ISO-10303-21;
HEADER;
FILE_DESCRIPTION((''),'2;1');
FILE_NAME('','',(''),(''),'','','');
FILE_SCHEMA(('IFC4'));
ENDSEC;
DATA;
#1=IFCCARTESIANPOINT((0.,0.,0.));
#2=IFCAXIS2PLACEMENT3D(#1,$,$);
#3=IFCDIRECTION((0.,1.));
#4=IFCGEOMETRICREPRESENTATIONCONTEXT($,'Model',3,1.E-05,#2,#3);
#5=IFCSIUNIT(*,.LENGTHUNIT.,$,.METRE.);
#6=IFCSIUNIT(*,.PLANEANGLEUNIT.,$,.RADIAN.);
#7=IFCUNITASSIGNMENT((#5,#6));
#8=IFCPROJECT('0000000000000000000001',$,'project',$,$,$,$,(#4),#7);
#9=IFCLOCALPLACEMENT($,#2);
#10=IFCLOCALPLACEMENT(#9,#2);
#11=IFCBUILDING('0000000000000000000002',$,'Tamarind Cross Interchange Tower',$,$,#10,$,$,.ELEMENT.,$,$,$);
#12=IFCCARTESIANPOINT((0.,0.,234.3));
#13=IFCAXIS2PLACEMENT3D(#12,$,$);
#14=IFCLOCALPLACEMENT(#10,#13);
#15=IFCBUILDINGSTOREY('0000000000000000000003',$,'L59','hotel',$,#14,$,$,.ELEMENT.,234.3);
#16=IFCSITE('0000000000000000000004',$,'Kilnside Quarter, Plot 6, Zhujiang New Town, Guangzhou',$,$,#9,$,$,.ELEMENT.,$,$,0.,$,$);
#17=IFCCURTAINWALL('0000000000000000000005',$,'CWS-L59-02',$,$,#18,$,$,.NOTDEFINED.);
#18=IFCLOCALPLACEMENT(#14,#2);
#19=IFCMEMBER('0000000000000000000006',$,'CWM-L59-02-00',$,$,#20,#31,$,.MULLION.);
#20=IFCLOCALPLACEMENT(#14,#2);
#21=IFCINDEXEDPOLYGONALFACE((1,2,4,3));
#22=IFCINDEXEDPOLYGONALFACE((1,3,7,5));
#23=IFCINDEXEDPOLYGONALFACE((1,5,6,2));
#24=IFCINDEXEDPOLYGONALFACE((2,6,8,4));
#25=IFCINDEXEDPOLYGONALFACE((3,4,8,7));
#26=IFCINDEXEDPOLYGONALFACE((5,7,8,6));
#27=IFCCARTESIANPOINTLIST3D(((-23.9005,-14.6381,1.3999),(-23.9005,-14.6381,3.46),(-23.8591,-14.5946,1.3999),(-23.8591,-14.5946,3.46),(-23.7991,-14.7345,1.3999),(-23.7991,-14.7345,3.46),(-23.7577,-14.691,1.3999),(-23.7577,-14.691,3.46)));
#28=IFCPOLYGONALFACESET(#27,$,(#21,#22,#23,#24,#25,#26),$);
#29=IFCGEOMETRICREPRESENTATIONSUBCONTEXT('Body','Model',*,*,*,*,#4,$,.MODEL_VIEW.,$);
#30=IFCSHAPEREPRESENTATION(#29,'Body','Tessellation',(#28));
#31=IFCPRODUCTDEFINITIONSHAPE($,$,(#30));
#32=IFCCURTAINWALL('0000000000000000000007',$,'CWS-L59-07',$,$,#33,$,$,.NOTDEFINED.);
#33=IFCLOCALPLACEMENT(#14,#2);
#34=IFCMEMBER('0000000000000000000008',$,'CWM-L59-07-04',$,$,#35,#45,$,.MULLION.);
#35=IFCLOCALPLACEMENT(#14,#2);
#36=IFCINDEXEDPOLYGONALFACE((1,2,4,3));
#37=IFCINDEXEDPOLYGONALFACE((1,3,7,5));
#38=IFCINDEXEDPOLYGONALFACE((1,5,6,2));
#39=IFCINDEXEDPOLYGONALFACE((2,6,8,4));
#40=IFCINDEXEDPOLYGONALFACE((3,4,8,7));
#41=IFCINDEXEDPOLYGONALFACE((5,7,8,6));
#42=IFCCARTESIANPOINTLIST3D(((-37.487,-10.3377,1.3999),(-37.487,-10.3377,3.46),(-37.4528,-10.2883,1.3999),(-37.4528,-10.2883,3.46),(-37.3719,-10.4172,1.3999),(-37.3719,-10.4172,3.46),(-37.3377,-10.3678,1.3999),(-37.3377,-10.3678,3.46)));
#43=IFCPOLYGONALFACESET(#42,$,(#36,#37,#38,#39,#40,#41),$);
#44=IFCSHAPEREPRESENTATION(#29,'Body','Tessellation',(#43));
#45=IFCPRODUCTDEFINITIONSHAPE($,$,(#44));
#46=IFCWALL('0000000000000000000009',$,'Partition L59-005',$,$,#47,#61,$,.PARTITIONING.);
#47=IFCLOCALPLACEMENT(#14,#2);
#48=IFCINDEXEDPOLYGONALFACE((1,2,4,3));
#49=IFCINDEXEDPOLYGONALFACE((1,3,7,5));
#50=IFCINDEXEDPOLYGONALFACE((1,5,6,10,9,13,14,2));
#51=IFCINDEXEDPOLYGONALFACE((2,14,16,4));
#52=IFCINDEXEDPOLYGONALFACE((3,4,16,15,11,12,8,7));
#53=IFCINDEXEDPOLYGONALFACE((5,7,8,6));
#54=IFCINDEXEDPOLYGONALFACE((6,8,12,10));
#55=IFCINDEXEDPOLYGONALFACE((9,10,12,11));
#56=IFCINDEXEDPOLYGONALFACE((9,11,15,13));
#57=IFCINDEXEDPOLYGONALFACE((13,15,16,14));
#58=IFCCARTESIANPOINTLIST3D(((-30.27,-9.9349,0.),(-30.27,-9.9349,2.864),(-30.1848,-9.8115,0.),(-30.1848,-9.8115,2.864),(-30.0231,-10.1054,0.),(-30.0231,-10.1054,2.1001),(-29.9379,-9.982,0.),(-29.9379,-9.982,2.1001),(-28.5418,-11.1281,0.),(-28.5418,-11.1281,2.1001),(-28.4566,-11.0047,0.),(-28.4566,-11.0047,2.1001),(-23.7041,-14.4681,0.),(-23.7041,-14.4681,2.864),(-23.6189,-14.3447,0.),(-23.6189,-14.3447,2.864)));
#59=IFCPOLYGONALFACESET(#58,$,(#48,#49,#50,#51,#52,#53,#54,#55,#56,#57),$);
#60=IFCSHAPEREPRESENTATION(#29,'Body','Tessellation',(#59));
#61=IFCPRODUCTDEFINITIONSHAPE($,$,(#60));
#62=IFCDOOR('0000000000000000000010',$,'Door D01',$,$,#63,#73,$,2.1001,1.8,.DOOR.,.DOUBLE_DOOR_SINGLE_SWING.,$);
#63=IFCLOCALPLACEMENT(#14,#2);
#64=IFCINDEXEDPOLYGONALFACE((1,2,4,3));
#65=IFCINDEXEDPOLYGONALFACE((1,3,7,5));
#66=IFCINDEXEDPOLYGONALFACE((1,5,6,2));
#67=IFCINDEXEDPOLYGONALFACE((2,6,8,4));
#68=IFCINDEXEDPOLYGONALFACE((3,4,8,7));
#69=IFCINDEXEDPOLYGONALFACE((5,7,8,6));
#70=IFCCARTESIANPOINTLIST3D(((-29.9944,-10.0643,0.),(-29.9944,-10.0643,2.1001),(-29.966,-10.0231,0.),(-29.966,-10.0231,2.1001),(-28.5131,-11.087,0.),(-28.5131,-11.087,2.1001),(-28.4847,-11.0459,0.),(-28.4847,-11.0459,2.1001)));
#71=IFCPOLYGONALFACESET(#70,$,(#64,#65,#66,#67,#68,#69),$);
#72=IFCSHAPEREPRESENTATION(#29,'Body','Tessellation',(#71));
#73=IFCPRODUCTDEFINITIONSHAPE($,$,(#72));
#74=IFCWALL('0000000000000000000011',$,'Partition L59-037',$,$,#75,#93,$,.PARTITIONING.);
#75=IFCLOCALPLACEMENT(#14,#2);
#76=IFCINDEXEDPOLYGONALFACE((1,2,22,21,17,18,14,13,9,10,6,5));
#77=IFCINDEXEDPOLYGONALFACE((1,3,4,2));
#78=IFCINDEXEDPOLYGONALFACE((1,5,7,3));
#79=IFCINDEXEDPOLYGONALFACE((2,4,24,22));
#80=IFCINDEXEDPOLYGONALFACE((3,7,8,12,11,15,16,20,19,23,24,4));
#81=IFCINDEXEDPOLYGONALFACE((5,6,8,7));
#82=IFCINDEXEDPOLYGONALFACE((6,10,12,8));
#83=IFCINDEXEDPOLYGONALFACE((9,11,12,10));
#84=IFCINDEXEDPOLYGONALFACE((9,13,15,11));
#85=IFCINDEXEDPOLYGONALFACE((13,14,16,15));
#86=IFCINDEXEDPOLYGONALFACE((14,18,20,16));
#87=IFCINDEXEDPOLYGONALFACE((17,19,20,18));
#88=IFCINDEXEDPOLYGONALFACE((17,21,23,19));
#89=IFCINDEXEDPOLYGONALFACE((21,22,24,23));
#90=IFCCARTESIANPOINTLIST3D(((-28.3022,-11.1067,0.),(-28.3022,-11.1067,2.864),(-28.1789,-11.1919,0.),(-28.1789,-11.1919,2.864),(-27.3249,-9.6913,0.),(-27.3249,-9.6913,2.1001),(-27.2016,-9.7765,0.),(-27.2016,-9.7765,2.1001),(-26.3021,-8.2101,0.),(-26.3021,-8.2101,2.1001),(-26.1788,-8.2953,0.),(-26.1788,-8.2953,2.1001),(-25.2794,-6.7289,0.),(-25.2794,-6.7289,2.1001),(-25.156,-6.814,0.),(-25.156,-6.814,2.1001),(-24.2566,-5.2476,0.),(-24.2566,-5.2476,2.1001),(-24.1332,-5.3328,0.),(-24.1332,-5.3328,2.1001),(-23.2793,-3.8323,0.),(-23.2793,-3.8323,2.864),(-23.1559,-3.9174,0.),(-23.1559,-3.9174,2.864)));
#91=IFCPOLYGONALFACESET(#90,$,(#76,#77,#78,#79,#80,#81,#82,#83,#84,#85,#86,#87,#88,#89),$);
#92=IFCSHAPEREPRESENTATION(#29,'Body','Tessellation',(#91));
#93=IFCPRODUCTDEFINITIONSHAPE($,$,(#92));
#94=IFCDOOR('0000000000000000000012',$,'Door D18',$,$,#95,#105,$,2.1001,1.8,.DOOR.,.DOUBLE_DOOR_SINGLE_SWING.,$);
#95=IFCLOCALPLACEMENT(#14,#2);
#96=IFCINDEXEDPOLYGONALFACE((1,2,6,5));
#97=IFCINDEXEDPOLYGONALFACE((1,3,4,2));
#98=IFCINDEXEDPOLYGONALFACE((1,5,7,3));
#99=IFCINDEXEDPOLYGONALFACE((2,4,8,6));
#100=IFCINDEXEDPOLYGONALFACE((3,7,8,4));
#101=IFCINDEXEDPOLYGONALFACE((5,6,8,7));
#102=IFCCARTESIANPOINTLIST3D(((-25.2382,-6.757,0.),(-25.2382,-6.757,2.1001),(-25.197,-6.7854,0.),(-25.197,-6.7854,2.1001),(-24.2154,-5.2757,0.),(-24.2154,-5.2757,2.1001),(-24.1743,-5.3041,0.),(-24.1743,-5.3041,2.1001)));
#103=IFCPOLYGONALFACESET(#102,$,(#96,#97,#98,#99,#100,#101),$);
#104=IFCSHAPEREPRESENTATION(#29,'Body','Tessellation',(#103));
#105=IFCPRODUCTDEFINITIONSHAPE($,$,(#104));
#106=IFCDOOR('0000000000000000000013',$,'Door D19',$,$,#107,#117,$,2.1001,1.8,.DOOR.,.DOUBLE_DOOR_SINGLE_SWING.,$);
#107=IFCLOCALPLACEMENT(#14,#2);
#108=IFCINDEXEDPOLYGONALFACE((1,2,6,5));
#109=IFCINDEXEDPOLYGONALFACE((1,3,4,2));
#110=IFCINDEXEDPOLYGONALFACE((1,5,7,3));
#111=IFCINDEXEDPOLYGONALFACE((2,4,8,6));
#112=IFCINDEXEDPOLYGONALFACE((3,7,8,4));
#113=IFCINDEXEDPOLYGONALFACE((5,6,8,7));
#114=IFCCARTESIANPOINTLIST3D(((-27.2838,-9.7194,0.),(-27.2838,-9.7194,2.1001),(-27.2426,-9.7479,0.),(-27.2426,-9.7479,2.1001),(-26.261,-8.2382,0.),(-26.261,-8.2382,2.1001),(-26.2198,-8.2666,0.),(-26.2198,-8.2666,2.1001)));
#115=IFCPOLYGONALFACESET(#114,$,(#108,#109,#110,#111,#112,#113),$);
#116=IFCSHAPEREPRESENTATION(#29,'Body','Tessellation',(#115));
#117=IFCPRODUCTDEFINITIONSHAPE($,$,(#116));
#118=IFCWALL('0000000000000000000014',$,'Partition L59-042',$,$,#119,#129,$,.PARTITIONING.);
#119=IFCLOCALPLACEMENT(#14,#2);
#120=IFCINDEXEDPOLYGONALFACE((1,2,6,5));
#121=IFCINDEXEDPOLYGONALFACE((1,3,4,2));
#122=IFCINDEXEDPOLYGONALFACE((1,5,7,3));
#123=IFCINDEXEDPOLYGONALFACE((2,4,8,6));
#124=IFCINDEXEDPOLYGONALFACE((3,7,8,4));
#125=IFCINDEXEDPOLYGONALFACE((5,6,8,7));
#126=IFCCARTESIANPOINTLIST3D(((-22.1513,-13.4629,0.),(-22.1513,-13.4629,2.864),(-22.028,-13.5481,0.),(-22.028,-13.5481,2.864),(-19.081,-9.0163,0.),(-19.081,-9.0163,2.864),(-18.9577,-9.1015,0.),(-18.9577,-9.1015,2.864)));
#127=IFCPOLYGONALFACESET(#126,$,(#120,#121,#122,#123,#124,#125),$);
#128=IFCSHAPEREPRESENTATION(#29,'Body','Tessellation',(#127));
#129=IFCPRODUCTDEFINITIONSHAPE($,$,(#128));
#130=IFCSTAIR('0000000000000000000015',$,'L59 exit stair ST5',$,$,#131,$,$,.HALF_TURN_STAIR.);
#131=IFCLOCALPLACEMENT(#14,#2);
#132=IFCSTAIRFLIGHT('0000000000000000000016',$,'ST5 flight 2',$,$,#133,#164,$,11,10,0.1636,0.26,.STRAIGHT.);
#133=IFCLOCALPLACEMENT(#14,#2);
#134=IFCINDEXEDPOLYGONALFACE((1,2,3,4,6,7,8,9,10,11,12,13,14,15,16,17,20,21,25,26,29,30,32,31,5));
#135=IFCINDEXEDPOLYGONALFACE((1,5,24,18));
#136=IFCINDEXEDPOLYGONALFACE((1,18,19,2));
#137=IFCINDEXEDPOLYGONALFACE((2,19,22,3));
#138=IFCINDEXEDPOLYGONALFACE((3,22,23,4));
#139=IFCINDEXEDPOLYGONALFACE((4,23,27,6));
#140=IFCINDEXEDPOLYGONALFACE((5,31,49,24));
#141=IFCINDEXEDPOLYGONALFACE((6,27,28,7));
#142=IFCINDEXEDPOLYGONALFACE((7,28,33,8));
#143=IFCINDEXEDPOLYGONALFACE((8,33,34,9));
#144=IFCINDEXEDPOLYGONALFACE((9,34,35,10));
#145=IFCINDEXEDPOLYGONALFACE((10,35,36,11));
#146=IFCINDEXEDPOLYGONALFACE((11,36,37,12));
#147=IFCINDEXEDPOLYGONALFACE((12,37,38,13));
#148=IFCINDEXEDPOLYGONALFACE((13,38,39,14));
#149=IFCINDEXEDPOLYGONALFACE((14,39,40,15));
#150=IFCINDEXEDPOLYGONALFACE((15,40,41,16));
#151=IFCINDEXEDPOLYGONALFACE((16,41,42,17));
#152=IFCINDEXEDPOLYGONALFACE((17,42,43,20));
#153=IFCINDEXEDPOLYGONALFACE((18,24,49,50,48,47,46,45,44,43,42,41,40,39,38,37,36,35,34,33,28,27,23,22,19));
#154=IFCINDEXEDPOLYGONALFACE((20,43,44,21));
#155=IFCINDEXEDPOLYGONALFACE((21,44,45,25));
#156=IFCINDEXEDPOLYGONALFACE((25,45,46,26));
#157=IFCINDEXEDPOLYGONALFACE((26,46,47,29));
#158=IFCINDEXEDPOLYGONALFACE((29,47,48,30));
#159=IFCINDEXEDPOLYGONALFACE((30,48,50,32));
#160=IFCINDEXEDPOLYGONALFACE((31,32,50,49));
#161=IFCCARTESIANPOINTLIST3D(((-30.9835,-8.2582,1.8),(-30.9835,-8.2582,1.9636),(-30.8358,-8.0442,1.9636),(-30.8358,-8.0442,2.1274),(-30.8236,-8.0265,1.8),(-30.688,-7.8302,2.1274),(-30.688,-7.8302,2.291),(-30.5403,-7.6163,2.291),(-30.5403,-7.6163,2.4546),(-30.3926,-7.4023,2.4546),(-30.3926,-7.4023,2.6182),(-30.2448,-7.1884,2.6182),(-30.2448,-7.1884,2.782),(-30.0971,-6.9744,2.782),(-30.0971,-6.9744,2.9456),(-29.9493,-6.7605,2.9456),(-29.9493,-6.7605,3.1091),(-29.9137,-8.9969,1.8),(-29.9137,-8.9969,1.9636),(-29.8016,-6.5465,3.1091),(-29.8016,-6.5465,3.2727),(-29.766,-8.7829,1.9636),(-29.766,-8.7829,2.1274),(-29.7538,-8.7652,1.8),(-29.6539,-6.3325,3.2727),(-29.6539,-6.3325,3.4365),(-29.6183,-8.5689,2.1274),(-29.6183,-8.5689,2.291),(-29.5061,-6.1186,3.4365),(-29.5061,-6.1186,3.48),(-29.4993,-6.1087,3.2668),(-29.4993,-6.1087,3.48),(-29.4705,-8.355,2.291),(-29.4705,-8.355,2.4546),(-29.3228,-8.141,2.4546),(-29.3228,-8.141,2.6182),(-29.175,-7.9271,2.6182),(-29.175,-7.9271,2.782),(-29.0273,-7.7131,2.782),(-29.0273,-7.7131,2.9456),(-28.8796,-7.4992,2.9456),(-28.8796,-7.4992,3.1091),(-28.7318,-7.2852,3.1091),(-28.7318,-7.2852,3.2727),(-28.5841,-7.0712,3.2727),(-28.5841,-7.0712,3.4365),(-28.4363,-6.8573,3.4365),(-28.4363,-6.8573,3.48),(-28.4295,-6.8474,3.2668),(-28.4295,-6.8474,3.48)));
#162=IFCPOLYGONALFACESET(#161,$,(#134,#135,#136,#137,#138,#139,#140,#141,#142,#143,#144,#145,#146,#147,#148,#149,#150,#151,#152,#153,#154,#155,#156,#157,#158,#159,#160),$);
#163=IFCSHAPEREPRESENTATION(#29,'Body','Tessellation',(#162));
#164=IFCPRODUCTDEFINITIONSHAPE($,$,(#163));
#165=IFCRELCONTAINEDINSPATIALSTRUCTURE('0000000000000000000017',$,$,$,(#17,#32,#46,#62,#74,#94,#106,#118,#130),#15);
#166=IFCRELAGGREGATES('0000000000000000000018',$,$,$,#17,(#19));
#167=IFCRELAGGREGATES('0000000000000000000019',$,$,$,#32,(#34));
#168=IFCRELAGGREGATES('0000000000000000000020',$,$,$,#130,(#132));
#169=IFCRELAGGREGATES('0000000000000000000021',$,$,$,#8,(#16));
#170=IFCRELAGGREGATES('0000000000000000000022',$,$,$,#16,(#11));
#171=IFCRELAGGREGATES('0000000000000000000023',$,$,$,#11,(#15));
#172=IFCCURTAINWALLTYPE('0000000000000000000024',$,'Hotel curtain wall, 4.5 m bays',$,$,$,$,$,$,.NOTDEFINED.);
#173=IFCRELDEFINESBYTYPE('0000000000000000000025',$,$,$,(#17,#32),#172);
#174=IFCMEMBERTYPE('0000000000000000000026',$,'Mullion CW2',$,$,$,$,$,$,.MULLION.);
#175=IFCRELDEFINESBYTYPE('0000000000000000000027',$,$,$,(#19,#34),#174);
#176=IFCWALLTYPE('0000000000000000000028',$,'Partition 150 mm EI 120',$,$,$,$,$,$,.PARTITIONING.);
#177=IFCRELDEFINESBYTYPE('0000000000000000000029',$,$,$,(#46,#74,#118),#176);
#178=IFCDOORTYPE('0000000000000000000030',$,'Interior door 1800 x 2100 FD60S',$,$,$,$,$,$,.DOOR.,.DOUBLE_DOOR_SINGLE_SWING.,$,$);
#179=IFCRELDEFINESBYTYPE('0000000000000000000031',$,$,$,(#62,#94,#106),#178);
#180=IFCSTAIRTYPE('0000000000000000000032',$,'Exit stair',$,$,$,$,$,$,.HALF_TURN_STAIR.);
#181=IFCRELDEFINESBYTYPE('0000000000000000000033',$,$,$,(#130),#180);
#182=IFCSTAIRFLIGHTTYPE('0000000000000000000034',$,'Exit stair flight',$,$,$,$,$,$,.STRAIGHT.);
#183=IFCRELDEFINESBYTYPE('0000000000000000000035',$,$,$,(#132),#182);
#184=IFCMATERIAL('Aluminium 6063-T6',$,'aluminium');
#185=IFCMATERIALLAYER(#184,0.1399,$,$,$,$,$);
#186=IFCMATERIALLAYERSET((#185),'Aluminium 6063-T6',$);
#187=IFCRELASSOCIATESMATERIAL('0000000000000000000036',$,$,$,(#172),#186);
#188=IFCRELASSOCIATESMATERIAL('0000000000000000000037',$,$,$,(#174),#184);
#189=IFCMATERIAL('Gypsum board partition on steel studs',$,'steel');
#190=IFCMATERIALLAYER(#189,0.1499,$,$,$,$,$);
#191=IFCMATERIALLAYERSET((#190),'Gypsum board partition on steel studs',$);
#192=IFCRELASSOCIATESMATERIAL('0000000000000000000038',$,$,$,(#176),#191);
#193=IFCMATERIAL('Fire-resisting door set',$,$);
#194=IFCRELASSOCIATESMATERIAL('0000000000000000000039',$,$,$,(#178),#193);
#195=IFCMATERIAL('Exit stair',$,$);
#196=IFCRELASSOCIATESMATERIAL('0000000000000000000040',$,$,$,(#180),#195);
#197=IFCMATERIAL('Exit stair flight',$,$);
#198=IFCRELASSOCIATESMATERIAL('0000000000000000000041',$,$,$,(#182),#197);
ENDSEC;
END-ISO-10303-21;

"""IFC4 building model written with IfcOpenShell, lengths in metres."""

from ifc_helpers import new_model, si_unit, direction, frame, frame_2d, origin, origin_2d, place, context, subcontext, project, spatial, polyline, rectangle, outline, extrude, material, layer, layer_set, material_profile, profile_set, type_object, element, fill, aggregate, save


model = new_model("IFC4")

# Units and contexts
model_context = context("Model", 3, precision=1e-05, world=origin(), true_north=direction((0.0, 1.0)))
body_context = subcontext(model_context, "Body", "Model", "MODEL_VIEW")
ifc_project = project(units=[si_unit("LENGTHUNIT", "METRE"), si_unit("PLANEANGLEUNIT", "RADIAN")], contexts=[model_context])

# Site, building, storey
site_placement = place(None, origin())
site = spatial("IfcSite", under=ifc_project, at=site_placement, Name="Kilnside Quarter, Plot 6, Zhujiang New Town, Guangzhou", CompositionType="ELEMENT", RefElevation=0.0)
building_placement = place(site_placement, origin())
building = spatial("IfcBuilding", under=site, at=building_placement, Name="Tamarind Cross Interchange Tower", CompositionType="ELEMENT")
storey_placement = place(building_placement, frame((0.0, 0.0, 234.3)))
storey = spatial("IfcBuildingStorey", under=building, at=storey_placement, Name="L59", Description="hotel", CompositionType="ELEMENT", Elevation=234.3)

# Shared definitions
ifc_material_1 = material(Name="Aluminium 6063-T6", Category="aluminium")
ifc_layer_1 = layer(ifc_material_1, 0.1399)
ifc_layer_set_1 = layer_set([ifc_layer_1], Name="Aluminium 6063-T6")
curtain_wall_type = type_object("IfcCurtainWallType", Name="Hotel curtain wall, 4.5 m bays", PredefinedType="NOTDEFINED", material=ifc_layer_set_1)
ifc_material_profile_1 = material_profile(ifc_material_1, rectangle(XDim=0.0601, YDim=0.1399, at=origin_2d()), Name="Mullion CW2")
ifc_profile_set_1 = profile_set([ifc_material_profile_1], Name="Aluminium 6063-T6")
member_type = type_object("IfcMemberType", Name="Mullion CW2", PredefinedType="MULLION", material=ifc_profile_set_1)

# Curtain walls, members
curtain_wall_1_placement = place(storey_placement, origin())
curtain_wall_1 = element("IfcCurtainWall", 1, at=curtain_wall_1_placement, inside=storey, type_object=curtain_wall_type, Name="CWS-L59-02", PredefinedType="NOTDEFINED")
member_1_placement = place(storey_placement, frame((-23.8291, -14.6646, 1.3999), z_axis=(0.0, 0.0, 1.0), x_axis=(0.688917, 0.72484, 0.0)))
member_1 = element("IfcMember", 2, at=member_1_placement, type_object=member_type, Name="CWM-L59-02-00", PredefinedType="MULLION", context=body_context, shape_type="SweptSolid", body=[
    extrude(rectangle(XDim=0.0601, YDim=0.1399, at=origin_2d()), origin(), (0.0, 0.0, 1.0), 2.0601),
])
aggregate(curtain_wall_1, [member_1])
curtain_wall_2_placement = place(storey_placement, origin())
curtain_wall_2 = element("IfcCurtainWall", 3, at=curtain_wall_2_placement, inside=storey, type_object=curtain_wall_type, Name="CWS-L59-07", PredefinedType="NOTDEFINED")
member_2_placement = place(storey_placement, frame((-37.4124, -10.3528, 1.3999), z_axis=(0.0, 0.0, 1.0), x_axis=(-0.568211, -0.822883, 0.0)))
member_2 = element("IfcMember", 4, at=member_2_placement, type_object=member_type, Name="CWM-L59-07-04", PredefinedType="MULLION", context=body_context, shape_type="SweptSolid", body=[
    extrude(rectangle(XDim=0.0601, YDim=0.1399, at=origin_2d()), origin(), (0.0, 0.0, 1.0), 2.0601),
])
aggregate(curtain_wall_2, [member_2])

# Wall, opening, door
ifc_material_2 = material(Name="Gypsum board partition on steel studs", Category="steel")
ifc_layer_2 = layer(ifc_material_2, 0.1499)
ifc_layer_set_2 = layer_set([ifc_layer_2], Name="Gypsum board partition on steel studs")
wall_type = type_object("IfcWallType", Name="Partition 150 mm EI 120", PredefinedType="PARTITIONING", material=ifc_layer_set_2)
wall_1_placement = place(storey_placement, frame((-30.2273, -9.8733, 0.0), z_axis=(0.0, 0.0, 1.0), x_axis=(0.822921, -0.568156, 0.0)))
wall_1 = element("IfcWall", 5, at=wall_1_placement, inside=storey, type_object=wall_type, Name="Partition L59-005", PredefinedType="PARTITIONING", context=body_context, shape_type="SweptSolid", body=[
    extrude(rectangle(XDim=7.9788, YDim=0.1499, at=frame_2d((3.9893, 0.0))), origin(), (0.0, 0.0, 1.0), 2.864),
])
opening_1_placement = place(wall_1_placement, frame((0.3, 0.0, 0.0)))
opening_1 = element("IfcOpeningElement", 6, at=opening_1_placement, cuts=wall_1, PredefinedType="OPENING", context=body_context, shape_type="SweptSolid", body=[
    extrude(rectangle(XDim=1.8, YDim=2.1001, at=frame_2d((0.8999, 1.05))), frame((0.0, 0.085, 0.0), z_axis=(0.0, -1.0, 0.0), x_axis=(1.0, 0.0, 0.0)), (0.0, 0.0, 1.0), 0.1699),
])
ifc_material_3 = material(Name="Fire-resisting door set")
door_type = type_object("IfcDoorType", Name="Interior door 1800 x 2100 FD60S", OperationType="DOUBLE_DOOR_SINGLE_SWING", PredefinedType="DOOR", material=ifc_material_3)
door_1_placement = place(opening_1_placement, frame((1.8, 0.0, 0.0), z_axis=(0.0, 0.0, 1.0), x_axis=(-1.0, 0.0, 0.0)))
door_1 = element("IfcDoor", 7, at=door_1_placement, inside=storey, type_object=door_type, Name="Door D01", OperationType="DOUBLE_DOOR_SINGLE_SWING", OverallHeight=2.1001, OverallWidth=1.8, PredefinedType="DOOR", context=body_context, shape_type="SweptSolid", body=[
    extrude(rectangle(XDim=1.8, YDim=2.1001, at=frame_2d((0.8999, 1.05))), frame((0.0, 0.0249, 0.0), z_axis=(0.0, -1.0, 0.0), x_axis=(1.0, 0.0, 0.0)), (0.0, 0.0, 1.0), 0.05),
])
fill(opening_1, door_1)

# Wall, openings, doors
wall_2_placement = place(storey_placement, frame((-28.2405, -11.1492, 0.0), z_axis=(0.0, 0.0, 1.0), x_axis=(0.568201, 0.82289, 0.0)))
wall_2 = element("IfcWall", 8, at=wall_2_placement, inside=storey, type_object=wall_type, Name="Partition L59-037", PredefinedType="PARTITIONING", context=body_context, shape_type="SweptSolid", body=[
    extrude(rectangle(XDim=8.8401, YDim=0.1499, at=frame_2d((4.4199, 0.0))), origin(), (0.0, 0.0, 1.0), 2.864),
])
opening_2_placement = place(wall_2_placement, frame((5.3201, 0.0, 0.0)))
opening_2 = element("IfcOpeningElement", 9, at=opening_2_placement, cuts=wall_2, PredefinedType="OPENING", context=body_context, shape_type="SweptSolid", body=[
    extrude(rectangle(XDim=1.8, YDim=2.1001, at=frame_2d((0.8999, 1.05))), frame((0.0, 0.085, 0.0), z_axis=(0.0, -1.0, 0.0), x_axis=(1.0, 0.0, 0.0)), (0.0, 0.0, 1.0), 0.1699),
])
opening_3_placement = place(wall_2_placement, frame((1.72, 0.0, 0.0)))
opening_3 = element("IfcOpeningElement", 10, at=opening_3_placement, cuts=wall_2, PredefinedType="OPENING", context=body_context, shape_type="SweptSolid", body=[
    extrude(rectangle(XDim=1.8, YDim=2.1001, at=frame_2d((0.8999, 1.05))), frame((0.0, 0.085, 0.0), z_axis=(0.0, -1.0, 0.0), x_axis=(1.0, 0.0, 0.0)), (0.0, 0.0, 1.0), 0.1699),
])
door_2_placement = place(opening_2_placement, frame((1.8, 0.0, 0.0), z_axis=(0.0, 0.0, 1.0), x_axis=(-1.0, 0.0, 0.0)))
door_2 = element("IfcDoor", 11, at=door_2_placement, inside=storey, type_object=door_type, Name="Door D18", OperationType="DOUBLE_DOOR_SINGLE_SWING", OverallHeight=2.1001, OverallWidth=1.8, PredefinedType="DOOR", context=body_context, shape_type="SweptSolid", body=[
    extrude(rectangle(XDim=1.8, YDim=2.1001, at=frame_2d((0.8999, 1.05))), frame((0.0, 0.0249, 0.0), z_axis=(0.0, -1.0, 0.0), x_axis=(1.0, 0.0, 0.0)), (0.0, 0.0, 1.0), 0.05),
])
fill(opening_2, door_2)
door_3_placement = place(opening_3_placement, frame((1.8, 0.0, 0.0), z_axis=(0.0, 0.0, 1.0), x_axis=(-1.0, 0.0, 0.0)))
door_3 = element("IfcDoor", 12, at=door_3_placement, inside=storey, type_object=door_type, Name="Door D19", OperationType="DOUBLE_DOOR_SINGLE_SWING", OverallHeight=2.1001, OverallWidth=1.8, PredefinedType="DOOR", context=body_context, shape_type="SweptSolid", body=[
    extrude(rectangle(XDim=1.8, YDim=2.1001, at=frame_2d((0.8999, 1.05))), frame((0.0, 0.0249, 0.0), z_axis=(0.0, -1.0, 0.0), x_axis=(1.0, 0.0, 0.0)), (0.0, 0.0, 1.0), 0.05),
])
fill(opening_3, door_3)

# Wall
wall_3_placement = place(storey_placement, frame((-22.0896, -13.5054, 0.0), z_axis=(0.0, 0.0, 1.0), x_axis=(0.568202, 0.822889, 0.0)))
element("IfcWall", 13, at=wall_3_placement, inside=storey, type_object=wall_type, Name="Partition L59-042", PredefinedType="PARTITIONING", context=body_context, shape_type="SweptSolid", body=[
    extrude(rectangle(XDim=5.4036, YDim=0.1499, at=frame_2d((2.7017, 0.0))), origin(), (0.0, 0.0, 1.0), 2.864),
])

# Stair, stair flight
ifc_material_4 = material(Name="Exit stair")
stair_type = type_object("IfcStairType", Name="Exit stair", PredefinedType="HALF_TURN_STAIR", material=ifc_material_4)
stair_placement = place(storey_placement, origin())
stair = element("IfcStair", 14, at=stair_placement, inside=storey, type_object=stair_type, Name="L59 exit stair ST5", PredefinedType="HALF_TURN_STAIR")
ifc_material_5 = material(Name="Exit stair flight")
stair_flight_type = type_object("IfcStairFlightType", Name="Exit stair flight", PredefinedType="STRAIGHT", material=ifc_material_5)
stair_flight_placement = place(storey_placement, frame((-30.4487, -8.6274, 1.8), z_axis=(0.0, 0.0, 1.0), x_axis=(0.568211, 0.822883, 0.0)))
stair_flight = element("IfcStairFlight", 15, at=stair_flight_placement, type_object=stair_flight_type, Name="ST5 flight 2", NumberOfRisers=11, NumberOfTreads=10, PredefinedType="STRAIGHT", RiserHeight=0.1636, TreadLength=0.26, context=body_context, shape_type="SweptSolid", body=[
    extrude(outline(polyline([(0.0, 0.0), (0.0, 0.1636), (0.26, 0.1636), (0.26, 0.3274), (0.52, 0.3274), (0.52, 0.491), (0.78, 0.491), (0.78, 0.6545), (1.04, 0.6545), (1.04, 0.8181), (1.3, 0.8181), (1.3, 0.9819), (1.5601, 0.9819), (1.5601, 1.1455), (1.8201, 1.1455), (1.8201, 1.3091), (2.0801, 1.3091), (2.0801, 1.4727), (2.3401, 1.4727), (2.3401, 1.6365), (2.6001, 1.6365), (2.6001, 1.6799), (2.6121, 1.6799), (2.6121, 1.4668), (0.2815, 0.0), (0.0, 0.0)])), frame((0.0, 0.6499, 0.0), z_axis=(0.0, -1.0, 0.0), x_axis=(1.0, 0.0, 0.0)), (0.0, 0.0, 1.0), 1.3),
])
aggregate(stair, [stair_flight])

save(model, "model.ifc")
